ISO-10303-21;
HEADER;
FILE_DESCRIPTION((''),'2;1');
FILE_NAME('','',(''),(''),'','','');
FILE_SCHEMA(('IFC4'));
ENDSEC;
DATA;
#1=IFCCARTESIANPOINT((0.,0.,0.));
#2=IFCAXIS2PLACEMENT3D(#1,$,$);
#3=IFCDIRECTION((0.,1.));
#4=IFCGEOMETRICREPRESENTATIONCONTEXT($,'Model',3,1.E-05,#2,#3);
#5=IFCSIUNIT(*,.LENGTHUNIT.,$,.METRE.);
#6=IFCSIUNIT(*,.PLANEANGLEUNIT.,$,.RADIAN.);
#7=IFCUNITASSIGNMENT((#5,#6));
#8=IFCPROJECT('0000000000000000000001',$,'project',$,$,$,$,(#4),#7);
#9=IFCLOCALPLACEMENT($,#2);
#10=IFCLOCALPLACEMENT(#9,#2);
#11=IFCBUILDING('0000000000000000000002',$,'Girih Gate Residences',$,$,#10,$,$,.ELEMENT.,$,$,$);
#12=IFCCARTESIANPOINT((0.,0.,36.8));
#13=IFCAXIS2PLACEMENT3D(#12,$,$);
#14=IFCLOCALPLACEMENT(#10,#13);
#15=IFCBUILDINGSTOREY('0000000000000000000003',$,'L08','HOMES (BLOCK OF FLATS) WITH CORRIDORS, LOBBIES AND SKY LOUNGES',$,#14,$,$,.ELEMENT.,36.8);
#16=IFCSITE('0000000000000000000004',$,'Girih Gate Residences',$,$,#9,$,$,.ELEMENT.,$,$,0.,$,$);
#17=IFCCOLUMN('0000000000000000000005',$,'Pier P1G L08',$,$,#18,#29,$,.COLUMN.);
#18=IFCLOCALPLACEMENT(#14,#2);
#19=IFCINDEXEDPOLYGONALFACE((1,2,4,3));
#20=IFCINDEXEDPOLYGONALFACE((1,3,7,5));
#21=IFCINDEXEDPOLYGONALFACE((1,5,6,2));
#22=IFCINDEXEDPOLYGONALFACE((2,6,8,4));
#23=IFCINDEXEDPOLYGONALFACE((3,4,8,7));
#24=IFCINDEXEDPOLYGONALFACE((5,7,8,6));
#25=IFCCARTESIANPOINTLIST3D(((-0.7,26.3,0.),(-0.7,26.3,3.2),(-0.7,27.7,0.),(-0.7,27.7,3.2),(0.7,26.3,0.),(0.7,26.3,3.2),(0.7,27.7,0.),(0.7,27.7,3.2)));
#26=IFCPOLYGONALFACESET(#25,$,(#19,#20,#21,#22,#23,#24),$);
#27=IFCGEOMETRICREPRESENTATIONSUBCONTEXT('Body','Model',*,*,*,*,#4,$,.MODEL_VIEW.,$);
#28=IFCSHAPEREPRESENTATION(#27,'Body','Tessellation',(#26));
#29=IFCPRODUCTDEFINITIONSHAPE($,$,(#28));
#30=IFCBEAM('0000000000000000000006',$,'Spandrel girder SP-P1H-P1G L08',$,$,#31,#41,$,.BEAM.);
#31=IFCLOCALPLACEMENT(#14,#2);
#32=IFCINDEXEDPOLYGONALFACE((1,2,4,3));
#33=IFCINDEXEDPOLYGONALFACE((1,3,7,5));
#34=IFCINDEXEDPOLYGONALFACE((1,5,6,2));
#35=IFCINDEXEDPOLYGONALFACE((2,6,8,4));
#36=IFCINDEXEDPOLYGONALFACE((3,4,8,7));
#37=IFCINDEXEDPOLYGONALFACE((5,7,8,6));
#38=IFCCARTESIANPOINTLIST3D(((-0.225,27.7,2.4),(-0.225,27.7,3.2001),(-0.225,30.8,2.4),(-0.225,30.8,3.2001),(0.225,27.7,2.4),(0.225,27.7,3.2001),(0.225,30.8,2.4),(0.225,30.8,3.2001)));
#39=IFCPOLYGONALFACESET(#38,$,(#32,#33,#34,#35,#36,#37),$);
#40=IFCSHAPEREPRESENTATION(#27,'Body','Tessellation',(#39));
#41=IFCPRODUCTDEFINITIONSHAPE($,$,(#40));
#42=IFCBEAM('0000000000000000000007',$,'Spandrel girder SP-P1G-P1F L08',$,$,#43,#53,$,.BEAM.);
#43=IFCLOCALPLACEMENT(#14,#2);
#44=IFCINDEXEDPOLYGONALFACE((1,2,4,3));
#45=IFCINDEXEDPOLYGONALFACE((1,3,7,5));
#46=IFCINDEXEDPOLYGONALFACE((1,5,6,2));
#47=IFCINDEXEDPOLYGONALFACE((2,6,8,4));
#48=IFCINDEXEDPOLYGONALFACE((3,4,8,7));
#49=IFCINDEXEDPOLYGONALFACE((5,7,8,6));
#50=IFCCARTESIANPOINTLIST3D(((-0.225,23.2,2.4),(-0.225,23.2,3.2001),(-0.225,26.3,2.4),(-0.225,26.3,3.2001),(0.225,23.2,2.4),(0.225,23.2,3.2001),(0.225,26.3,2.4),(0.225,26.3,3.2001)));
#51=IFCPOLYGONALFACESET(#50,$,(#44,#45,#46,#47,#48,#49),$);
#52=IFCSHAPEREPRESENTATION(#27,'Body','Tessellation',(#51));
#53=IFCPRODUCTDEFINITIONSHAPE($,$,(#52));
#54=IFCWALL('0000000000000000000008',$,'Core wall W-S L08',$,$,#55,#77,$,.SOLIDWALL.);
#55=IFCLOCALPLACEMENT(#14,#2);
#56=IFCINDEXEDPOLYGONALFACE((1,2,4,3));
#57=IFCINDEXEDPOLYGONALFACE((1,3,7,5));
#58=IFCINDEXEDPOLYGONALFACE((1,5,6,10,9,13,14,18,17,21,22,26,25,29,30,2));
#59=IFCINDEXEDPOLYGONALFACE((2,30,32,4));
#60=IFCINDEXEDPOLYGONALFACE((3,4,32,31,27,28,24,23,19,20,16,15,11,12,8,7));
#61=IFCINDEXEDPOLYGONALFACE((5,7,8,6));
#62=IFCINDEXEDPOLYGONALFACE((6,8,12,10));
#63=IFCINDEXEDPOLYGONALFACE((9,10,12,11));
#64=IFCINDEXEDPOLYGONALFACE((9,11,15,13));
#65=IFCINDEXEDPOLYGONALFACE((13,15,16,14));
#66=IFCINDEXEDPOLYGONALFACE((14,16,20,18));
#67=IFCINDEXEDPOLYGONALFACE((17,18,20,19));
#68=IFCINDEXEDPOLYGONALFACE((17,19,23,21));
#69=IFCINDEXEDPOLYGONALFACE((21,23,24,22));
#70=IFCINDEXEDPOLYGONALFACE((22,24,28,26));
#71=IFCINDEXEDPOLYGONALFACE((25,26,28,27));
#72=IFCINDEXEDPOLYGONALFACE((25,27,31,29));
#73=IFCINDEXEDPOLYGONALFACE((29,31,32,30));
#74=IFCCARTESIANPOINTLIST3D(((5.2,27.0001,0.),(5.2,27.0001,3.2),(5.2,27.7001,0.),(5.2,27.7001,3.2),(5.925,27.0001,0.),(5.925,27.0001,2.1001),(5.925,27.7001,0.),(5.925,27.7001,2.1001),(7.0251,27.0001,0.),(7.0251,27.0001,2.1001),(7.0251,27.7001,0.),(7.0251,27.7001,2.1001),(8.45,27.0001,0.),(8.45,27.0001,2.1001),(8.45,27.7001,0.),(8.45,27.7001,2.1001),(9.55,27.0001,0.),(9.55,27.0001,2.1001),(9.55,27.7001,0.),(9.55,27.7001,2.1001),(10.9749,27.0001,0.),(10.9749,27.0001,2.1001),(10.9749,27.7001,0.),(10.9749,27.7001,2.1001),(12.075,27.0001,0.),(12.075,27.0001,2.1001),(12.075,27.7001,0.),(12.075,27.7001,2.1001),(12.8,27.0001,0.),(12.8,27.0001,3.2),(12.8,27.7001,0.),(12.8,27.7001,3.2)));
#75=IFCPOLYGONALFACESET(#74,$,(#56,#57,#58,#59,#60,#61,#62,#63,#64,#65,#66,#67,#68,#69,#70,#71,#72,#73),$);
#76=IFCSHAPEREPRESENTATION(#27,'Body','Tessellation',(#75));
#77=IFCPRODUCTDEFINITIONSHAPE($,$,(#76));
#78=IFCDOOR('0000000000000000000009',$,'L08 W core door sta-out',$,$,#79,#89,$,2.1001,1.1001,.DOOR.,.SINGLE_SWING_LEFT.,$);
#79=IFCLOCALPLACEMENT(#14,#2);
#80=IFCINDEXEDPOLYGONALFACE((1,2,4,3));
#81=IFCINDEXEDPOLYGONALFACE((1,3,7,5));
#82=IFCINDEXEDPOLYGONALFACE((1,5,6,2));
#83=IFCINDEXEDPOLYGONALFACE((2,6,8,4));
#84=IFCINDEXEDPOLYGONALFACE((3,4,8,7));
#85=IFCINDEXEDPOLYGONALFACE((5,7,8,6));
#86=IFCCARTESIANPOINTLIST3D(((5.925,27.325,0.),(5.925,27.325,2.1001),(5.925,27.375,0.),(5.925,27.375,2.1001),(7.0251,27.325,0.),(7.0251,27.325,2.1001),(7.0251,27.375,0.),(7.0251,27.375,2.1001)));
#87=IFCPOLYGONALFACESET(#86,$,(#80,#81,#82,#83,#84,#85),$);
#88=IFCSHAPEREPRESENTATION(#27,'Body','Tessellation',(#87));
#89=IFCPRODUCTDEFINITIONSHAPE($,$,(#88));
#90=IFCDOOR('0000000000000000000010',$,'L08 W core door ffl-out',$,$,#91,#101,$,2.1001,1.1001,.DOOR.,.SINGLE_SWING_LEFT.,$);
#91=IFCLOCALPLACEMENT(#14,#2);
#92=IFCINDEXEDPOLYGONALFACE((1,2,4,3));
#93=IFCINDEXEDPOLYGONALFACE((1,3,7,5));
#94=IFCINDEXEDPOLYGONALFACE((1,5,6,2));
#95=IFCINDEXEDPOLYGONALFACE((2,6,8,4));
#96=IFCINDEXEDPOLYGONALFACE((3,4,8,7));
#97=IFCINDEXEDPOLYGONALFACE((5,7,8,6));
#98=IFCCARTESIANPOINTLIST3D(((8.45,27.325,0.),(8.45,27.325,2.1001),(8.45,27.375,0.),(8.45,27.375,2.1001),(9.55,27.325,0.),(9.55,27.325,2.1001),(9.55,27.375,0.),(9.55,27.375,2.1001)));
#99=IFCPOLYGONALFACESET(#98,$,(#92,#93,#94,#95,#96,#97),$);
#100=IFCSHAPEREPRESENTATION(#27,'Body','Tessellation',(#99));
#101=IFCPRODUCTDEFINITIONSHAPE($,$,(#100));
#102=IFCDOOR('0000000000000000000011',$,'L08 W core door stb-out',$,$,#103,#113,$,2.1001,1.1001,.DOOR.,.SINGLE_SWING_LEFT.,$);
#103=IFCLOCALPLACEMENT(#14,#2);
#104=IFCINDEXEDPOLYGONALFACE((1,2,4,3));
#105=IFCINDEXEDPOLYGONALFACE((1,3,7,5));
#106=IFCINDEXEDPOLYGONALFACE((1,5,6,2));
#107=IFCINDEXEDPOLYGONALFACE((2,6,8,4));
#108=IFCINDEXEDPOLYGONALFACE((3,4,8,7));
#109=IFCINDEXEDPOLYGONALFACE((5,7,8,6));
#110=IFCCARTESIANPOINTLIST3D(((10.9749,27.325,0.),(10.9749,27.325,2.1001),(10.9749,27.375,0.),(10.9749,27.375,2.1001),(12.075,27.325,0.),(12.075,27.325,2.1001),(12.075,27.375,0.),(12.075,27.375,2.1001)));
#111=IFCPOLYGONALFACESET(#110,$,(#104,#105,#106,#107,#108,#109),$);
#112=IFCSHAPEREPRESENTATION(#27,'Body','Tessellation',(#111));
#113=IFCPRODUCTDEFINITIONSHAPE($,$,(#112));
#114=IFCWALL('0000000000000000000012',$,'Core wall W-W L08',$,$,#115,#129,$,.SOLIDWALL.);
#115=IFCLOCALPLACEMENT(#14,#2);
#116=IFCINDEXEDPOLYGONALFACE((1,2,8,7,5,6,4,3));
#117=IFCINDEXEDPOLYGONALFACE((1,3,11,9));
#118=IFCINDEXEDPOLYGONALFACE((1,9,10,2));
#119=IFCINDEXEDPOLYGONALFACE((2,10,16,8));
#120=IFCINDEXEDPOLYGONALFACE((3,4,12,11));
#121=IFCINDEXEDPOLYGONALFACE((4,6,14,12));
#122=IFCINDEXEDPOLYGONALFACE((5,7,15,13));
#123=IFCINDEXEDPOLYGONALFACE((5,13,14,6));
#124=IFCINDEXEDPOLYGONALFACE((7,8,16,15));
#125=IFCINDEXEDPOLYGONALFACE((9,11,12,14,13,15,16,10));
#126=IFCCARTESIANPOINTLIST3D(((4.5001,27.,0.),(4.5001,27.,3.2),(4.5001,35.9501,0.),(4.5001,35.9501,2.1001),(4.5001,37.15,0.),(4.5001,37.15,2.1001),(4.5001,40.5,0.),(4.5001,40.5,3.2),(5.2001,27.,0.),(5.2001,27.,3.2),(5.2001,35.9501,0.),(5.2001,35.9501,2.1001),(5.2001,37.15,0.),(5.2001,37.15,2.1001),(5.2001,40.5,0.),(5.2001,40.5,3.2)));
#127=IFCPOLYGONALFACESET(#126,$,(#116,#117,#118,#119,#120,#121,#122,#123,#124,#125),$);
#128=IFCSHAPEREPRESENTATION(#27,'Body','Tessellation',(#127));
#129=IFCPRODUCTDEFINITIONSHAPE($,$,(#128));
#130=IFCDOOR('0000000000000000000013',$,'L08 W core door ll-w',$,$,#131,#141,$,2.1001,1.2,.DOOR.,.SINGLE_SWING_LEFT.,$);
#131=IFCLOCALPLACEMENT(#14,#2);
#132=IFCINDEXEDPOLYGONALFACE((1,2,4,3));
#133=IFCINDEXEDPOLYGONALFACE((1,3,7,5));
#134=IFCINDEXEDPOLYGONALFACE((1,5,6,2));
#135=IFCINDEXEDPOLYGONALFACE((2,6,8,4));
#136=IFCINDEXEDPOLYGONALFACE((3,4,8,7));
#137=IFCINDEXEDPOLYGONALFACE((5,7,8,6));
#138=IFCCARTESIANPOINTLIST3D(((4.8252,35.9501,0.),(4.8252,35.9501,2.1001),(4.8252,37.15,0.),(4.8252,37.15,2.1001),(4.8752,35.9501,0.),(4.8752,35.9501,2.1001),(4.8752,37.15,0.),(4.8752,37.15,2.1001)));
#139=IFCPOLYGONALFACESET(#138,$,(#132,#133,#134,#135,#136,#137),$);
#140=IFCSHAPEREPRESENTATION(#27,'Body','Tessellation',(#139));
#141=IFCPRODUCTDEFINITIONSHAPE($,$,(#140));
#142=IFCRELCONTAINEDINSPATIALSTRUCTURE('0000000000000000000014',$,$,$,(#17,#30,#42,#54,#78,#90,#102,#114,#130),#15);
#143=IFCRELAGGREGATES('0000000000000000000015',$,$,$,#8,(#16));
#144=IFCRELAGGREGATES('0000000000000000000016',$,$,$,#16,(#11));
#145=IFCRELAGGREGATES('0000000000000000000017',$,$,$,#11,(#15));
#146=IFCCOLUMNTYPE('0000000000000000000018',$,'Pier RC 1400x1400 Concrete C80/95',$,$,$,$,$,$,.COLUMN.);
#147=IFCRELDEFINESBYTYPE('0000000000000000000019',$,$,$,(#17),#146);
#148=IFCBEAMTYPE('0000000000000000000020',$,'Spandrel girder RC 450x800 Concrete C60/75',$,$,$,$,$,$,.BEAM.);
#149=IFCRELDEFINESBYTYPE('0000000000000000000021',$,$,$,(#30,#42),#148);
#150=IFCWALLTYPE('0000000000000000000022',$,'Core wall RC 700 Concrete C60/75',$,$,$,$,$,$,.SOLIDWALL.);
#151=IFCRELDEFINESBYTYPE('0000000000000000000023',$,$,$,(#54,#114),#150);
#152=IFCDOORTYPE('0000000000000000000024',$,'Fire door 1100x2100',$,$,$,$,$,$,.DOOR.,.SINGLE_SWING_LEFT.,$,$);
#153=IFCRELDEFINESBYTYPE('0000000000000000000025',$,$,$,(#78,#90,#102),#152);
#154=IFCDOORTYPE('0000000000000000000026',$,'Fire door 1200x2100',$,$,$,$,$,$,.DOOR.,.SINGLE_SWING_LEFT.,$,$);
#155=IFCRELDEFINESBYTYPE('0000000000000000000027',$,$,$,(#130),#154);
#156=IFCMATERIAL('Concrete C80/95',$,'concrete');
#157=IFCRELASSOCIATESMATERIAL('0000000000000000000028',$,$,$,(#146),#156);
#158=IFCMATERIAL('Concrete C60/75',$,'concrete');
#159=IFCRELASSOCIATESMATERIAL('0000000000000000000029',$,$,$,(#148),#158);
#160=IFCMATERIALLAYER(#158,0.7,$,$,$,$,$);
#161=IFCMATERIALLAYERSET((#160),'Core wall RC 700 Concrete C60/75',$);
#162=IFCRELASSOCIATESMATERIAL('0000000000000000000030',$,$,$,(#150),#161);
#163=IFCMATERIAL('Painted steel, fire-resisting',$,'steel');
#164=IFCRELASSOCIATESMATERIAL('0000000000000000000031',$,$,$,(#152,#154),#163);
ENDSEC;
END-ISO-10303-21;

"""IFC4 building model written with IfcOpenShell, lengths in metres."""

from ifc_helpers import new_model, si_unit, direction, frame, frame_2d, origin, origin_2d, place, context, subcontext, project, spatial, rectangle, extrude, material, layer, layer_set, material_profile, profile_set, type_object, element, fill, save


model = new_model("IFC4")

# Units and contexts
model_context = context("Model", 3, precision=1e-05, world=origin(), true_north=direction((0.0, 1.0)))
body_context = subcontext(model_context, "Body", "Model", "MODEL_VIEW")
ifc_project = project(units=[si_unit("LENGTHUNIT", "METRE"), si_unit("PLANEANGLEUNIT", "RADIAN")], contexts=[model_context])

# Site, building, storey
site_placement = place(None, origin())
site = spatial("IfcSite", under=ifc_project, at=site_placement, Name="Girih Gate Residences", CompositionType="ELEMENT", RefElevation=0.0)
building_placement = place(site_placement, origin())
building = spatial("IfcBuilding", under=site, at=building_placement, Name="Girih Gate Residences", CompositionType="ELEMENT")
storey_placement = place(building_placement, frame((0.0, 0.0, 36.8)))
storey = spatial("IfcBuildingStorey", under=building, at=storey_placement, Name="L08", Description="HOMES (BLOCK OF FLATS) WITH CORRIDORS, LOBBIES AND SKY LOUNGES", CompositionType="ELEMENT", Elevation=36.8)

# Column
ifc_material_1 = material(Name="Concrete C80/95", Category="concrete")
ifc_material_profile_1 = material_profile(ifc_material_1, rectangle(XDim=1.3999, YDim=1.3999, at=origin_2d()))
ifc_profile_set_1 = profile_set([ifc_material_profile_1], Name="Concrete C80/95")
column_type = type_object("IfcColumnType", Name="Pier RC 1400x1400 Concrete C80/95", PredefinedType="COLUMN", material=ifc_profile_set_1)
column_placement = place(storey_placement, frame((0.0, 27.0, 0.0), z_axis=(0.0, 0.0, 1.0), x_axis=(1.0, 0.0, 0.0)))
element("IfcColumn", 1, at=column_placement, inside=storey, type_object=column_type, Name="Pier P1G L08", PredefinedType="COLUMN", context=body_context, shape_type="SweptSolid", body=[
    extrude(rectangle(XDim=1.3999, YDim=1.3999, at=origin_2d()), origin(), (0.0, 0.0, 1.0), 3.2),
])

# Beams
ifc_material_2 = material(Name="Concrete C60/75", Category="concrete")
ifc_material_profile_2 = material_profile(ifc_material_2, rectangle(XDim=0.45, YDim=0.8, at=origin_2d()))
ifc_profile_set_2 = profile_set([ifc_material_profile_2], Name="Concrete C60/75")
beam_type = type_object("IfcBeamType", Name="Spandrel girder RC 450x800 Concrete C60/75", PredefinedType="BEAM", material=ifc_profile_set_2)
for number, where, z_axis, x_axis, name in (
    (2, (0.0, 30.8, 2.8), (0.0, -1.0, 0.0), (1.0, 0.0, 0.0), "Spandrel girder SP-P1H-P1G L08"),
    (3, (0.0, 26.3, 2.8), (0.0, -1.0, 0.0), (1.0, 0.0, 0.0), "Spandrel girder SP-P1G-P1F L08"),
):
    element("IfcBeam", number, at=place(storey_placement, frame(where, z_axis=z_axis, x_axis=x_axis)), inside=storey, type_object=beam_type, Name=name, PredefinedType="BEAM", context=body_context, shape_type="SweptSolid", body=[
        extrude(rectangle(XDim=0.45, YDim=0.8, at=origin_2d()), origin(), (0.0, 0.0, 1.0), 3.1001),
    ])

# Wall, openings, doors
ifc_layer_1 = layer(ifc_material_2, 0.7)
ifc_layer_set_1 = layer_set([ifc_layer_1], Name="Core wall RC 700 Concrete C60/75")
wall_type_1 = type_object("IfcWallType", Name="Core wall RC 700 Concrete C60/75", PredefinedType="SOLIDWALL", material=ifc_layer_set_1)
wall_1_placement = place(storey_placement, frame((5.2, 27.3501, 0.0), z_axis=(0.0, 0.0, 1.0), x_axis=(1.0, 0.0, 0.0)))
wall_1 = element("IfcWall", 4, at=wall_1_placement, inside=storey, type_object=wall_type_1, Name="Core wall W-S L08", PredefinedType="SOLIDWALL", context=body_context, shape_type="SweptSolid", body=[
    extrude(rectangle(XDim=7.6001, YDim=0.7, at=frame_2d((3.8, 0.0))), origin(), (0.0, 0.0, 1.0), 3.2),
])
opening_1_placement = place(wall_1_placement, frame((0.7251, 0.0, 0.0)))
opening_1 = element("IfcOpeningElement", 5, at=opening_1_placement, cuts=wall_1, PredefinedType="OPENING", context=body_context, shape_type="SweptSolid", body=[
    extrude(rectangle(XDim=1.1001, YDim=2.1001, at=frame_2d((0.55, 1.05))), frame((0.0, 0.3599, 0.0), z_axis=(0.0, -1.0, 0.0), x_axis=(1.0, 0.0, 0.0)), (0.0, 0.0, 1.0), 0.72),
])
opening_2_placement = place(wall_1_placement, frame((3.25, 0.0, 0.0)))
opening_2 = element("IfcOpeningElement", 6, at=opening_2_placement, cuts=wall_1, PredefinedType="OPENING", context=body_context, shape_type="SweptSolid", body=[
    extrude(rectangle(XDim=1.1001, YDim=2.1001, at=frame_2d((0.55, 1.05))), frame((0.0, 0.3599, 0.0), z_axis=(0.0, -1.0, 0.0), x_axis=(1.0, 0.0, 0.0)), (0.0, 0.0, 1.0), 0.72),
])
opening_3_placement = place(wall_1_placement, frame((5.7749, 0.0, 0.0)))
opening_3 = element("IfcOpeningElement", 7, at=opening_3_placement, cuts=wall_1, PredefinedType="OPENING", context=body_context, shape_type="SweptSolid", body=[
    extrude(rectangle(XDim=1.1001, YDim=2.1001, at=frame_2d((0.55, 1.05))), frame((0.0, 0.3599, 0.0), z_axis=(0.0, -1.0, 0.0), x_axis=(1.0, 0.0, 0.0)), (0.0, 0.0, 1.0), 0.72),
])
ifc_material_3 = material(Name="Painted steel, fire-resisting", Category="steel")
door_type_1 = type_object("IfcDoorType", Name="Fire door 1100x2100", OperationType="SINGLE_SWING_LEFT", PredefinedType="DOOR", material=ifc_material_3)
door_1_placement = place(opening_1_placement, origin())
door_1 = element("IfcDoor", 8, at=door_1_placement, inside=storey, type_object=door_type_1, Name="L08 W core door sta-out", OperationType="SINGLE_SWING_LEFT", OverallHeight=2.1001, OverallWidth=1.1001, PredefinedType="DOOR", context=body_context, shape_type="SweptSolid", body=[
    extrude(rectangle(XDim=1.1001, YDim=2.1001, at=frame_2d((0.55, 1.05))), frame((0.0, 0.0249, 0.0), z_axis=(0.0, -1.0, 0.0), x_axis=(1.0, 0.0, 0.0)), (0.0, 0.0, 1.0), 0.05),
])
fill(opening_1, door_1)
door_2_placement = place(opening_2_placement, origin())
door_2 = element("IfcDoor", 9, at=door_2_placement, inside=storey, type_object=door_type_1, Name="L08 W core door ffl-out", OperationType="SINGLE_SWING_LEFT", OverallHeight=2.1001, OverallWidth=1.1001, PredefinedType="DOOR", context=body_context, shape_type="SweptSolid", body=[
    extrude(rectangle(XDim=1.1001, YDim=2.1001, at=frame_2d((0.55, 1.05))), frame((0.0, 0.0249, 0.0), z_axis=(0.0, -1.0, 0.0), x_axis=(1.0, 0.0, 0.0)), (0.0, 0.0, 1.0), 0.05),
])
fill(opening_2, door_2)
door_3_placement = place(opening_3_placement, origin())
door_3 = element("IfcDoor", 10, at=door_3_placement, inside=storey, type_object=door_type_1, Name="L08 W core door stb-out", OperationType="SINGLE_SWING_LEFT", OverallHeight=2.1001, OverallWidth=1.1001, PredefinedType="DOOR", context=body_context, shape_type="SweptSolid", body=[
    extrude(rectangle(XDim=1.1001, YDim=2.1001, at=frame_2d((0.55, 1.05))), frame((0.0, 0.0249, 0.0), z_axis=(0.0, -1.0, 0.0), x_axis=(1.0, 0.0, 0.0)), (0.0, 0.0, 1.0), 0.05),
])
fill(opening_3, door_3)

# Wall, opening, door
wall_2_placement = place(storey_placement, frame((4.8501, 27.0, 0.0), z_axis=(0.0, 0.0, 1.0), x_axis=(0.0, 1.0, 0.0)))
wall_2 = element("IfcWall", 11, at=wall_2_placement, inside=storey, type_object=wall_type_1, Name="Core wall W-W L08", PredefinedType="SOLIDWALL", context=body_context, shape_type="SweptSolid", body=[
    extrude(rectangle(XDim=13.5, YDim=0.7, at=frame_2d((6.75, 0.0))), origin(), (0.0, 0.0, 1.0), 3.2),
])
opening_4_placement = place(wall_2_placement, frame((8.95, 0.0, 0.0)))
opening_4 = element("IfcOpeningElement", 12, at=opening_4_placement, cuts=wall_2, PredefinedType="OPENING", context=body_context, shape_type="SweptSolid", body=[
    extrude(rectangle(XDim=1.2, YDim=2.1001, at=frame_2d((0.6001, 1.05))), frame((0.0, 0.3599, 0.0), z_axis=(0.0, -1.0, 0.0), x_axis=(1.0, 0.0, 0.0)), (0.0, 0.0, 1.0), 0.72),
])
door_type_2 = type_object("IfcDoorType", Name="Fire door 1200x2100", OperationType="SINGLE_SWING_LEFT", PredefinedType="DOOR", material=ifc_material_3)
door_4_placement = place(opening_4_placement, origin())
door_4 = element("IfcDoor", 13, at=door_4_placement, inside=storey, type_object=door_type_2, Name="L08 W core door ll-w", OperationType="SINGLE_SWING_LEFT", OverallHeight=2.1001, OverallWidth=1.2, PredefinedType="DOOR", context=body_context, shape_type="SweptSolid", body=[
    extrude(rectangle(XDim=1.2, YDim=2.1001, at=frame_2d((0.6001, 1.05))), frame((0.0, 0.0249, 0.0), z_axis=(0.0, -1.0, 0.0), x_axis=(1.0, 0.0, 0.0)), (0.0, 0.0, 1.0), 0.05),
])
fill(opening_4, door_4)

save(model, "model.ifc")
